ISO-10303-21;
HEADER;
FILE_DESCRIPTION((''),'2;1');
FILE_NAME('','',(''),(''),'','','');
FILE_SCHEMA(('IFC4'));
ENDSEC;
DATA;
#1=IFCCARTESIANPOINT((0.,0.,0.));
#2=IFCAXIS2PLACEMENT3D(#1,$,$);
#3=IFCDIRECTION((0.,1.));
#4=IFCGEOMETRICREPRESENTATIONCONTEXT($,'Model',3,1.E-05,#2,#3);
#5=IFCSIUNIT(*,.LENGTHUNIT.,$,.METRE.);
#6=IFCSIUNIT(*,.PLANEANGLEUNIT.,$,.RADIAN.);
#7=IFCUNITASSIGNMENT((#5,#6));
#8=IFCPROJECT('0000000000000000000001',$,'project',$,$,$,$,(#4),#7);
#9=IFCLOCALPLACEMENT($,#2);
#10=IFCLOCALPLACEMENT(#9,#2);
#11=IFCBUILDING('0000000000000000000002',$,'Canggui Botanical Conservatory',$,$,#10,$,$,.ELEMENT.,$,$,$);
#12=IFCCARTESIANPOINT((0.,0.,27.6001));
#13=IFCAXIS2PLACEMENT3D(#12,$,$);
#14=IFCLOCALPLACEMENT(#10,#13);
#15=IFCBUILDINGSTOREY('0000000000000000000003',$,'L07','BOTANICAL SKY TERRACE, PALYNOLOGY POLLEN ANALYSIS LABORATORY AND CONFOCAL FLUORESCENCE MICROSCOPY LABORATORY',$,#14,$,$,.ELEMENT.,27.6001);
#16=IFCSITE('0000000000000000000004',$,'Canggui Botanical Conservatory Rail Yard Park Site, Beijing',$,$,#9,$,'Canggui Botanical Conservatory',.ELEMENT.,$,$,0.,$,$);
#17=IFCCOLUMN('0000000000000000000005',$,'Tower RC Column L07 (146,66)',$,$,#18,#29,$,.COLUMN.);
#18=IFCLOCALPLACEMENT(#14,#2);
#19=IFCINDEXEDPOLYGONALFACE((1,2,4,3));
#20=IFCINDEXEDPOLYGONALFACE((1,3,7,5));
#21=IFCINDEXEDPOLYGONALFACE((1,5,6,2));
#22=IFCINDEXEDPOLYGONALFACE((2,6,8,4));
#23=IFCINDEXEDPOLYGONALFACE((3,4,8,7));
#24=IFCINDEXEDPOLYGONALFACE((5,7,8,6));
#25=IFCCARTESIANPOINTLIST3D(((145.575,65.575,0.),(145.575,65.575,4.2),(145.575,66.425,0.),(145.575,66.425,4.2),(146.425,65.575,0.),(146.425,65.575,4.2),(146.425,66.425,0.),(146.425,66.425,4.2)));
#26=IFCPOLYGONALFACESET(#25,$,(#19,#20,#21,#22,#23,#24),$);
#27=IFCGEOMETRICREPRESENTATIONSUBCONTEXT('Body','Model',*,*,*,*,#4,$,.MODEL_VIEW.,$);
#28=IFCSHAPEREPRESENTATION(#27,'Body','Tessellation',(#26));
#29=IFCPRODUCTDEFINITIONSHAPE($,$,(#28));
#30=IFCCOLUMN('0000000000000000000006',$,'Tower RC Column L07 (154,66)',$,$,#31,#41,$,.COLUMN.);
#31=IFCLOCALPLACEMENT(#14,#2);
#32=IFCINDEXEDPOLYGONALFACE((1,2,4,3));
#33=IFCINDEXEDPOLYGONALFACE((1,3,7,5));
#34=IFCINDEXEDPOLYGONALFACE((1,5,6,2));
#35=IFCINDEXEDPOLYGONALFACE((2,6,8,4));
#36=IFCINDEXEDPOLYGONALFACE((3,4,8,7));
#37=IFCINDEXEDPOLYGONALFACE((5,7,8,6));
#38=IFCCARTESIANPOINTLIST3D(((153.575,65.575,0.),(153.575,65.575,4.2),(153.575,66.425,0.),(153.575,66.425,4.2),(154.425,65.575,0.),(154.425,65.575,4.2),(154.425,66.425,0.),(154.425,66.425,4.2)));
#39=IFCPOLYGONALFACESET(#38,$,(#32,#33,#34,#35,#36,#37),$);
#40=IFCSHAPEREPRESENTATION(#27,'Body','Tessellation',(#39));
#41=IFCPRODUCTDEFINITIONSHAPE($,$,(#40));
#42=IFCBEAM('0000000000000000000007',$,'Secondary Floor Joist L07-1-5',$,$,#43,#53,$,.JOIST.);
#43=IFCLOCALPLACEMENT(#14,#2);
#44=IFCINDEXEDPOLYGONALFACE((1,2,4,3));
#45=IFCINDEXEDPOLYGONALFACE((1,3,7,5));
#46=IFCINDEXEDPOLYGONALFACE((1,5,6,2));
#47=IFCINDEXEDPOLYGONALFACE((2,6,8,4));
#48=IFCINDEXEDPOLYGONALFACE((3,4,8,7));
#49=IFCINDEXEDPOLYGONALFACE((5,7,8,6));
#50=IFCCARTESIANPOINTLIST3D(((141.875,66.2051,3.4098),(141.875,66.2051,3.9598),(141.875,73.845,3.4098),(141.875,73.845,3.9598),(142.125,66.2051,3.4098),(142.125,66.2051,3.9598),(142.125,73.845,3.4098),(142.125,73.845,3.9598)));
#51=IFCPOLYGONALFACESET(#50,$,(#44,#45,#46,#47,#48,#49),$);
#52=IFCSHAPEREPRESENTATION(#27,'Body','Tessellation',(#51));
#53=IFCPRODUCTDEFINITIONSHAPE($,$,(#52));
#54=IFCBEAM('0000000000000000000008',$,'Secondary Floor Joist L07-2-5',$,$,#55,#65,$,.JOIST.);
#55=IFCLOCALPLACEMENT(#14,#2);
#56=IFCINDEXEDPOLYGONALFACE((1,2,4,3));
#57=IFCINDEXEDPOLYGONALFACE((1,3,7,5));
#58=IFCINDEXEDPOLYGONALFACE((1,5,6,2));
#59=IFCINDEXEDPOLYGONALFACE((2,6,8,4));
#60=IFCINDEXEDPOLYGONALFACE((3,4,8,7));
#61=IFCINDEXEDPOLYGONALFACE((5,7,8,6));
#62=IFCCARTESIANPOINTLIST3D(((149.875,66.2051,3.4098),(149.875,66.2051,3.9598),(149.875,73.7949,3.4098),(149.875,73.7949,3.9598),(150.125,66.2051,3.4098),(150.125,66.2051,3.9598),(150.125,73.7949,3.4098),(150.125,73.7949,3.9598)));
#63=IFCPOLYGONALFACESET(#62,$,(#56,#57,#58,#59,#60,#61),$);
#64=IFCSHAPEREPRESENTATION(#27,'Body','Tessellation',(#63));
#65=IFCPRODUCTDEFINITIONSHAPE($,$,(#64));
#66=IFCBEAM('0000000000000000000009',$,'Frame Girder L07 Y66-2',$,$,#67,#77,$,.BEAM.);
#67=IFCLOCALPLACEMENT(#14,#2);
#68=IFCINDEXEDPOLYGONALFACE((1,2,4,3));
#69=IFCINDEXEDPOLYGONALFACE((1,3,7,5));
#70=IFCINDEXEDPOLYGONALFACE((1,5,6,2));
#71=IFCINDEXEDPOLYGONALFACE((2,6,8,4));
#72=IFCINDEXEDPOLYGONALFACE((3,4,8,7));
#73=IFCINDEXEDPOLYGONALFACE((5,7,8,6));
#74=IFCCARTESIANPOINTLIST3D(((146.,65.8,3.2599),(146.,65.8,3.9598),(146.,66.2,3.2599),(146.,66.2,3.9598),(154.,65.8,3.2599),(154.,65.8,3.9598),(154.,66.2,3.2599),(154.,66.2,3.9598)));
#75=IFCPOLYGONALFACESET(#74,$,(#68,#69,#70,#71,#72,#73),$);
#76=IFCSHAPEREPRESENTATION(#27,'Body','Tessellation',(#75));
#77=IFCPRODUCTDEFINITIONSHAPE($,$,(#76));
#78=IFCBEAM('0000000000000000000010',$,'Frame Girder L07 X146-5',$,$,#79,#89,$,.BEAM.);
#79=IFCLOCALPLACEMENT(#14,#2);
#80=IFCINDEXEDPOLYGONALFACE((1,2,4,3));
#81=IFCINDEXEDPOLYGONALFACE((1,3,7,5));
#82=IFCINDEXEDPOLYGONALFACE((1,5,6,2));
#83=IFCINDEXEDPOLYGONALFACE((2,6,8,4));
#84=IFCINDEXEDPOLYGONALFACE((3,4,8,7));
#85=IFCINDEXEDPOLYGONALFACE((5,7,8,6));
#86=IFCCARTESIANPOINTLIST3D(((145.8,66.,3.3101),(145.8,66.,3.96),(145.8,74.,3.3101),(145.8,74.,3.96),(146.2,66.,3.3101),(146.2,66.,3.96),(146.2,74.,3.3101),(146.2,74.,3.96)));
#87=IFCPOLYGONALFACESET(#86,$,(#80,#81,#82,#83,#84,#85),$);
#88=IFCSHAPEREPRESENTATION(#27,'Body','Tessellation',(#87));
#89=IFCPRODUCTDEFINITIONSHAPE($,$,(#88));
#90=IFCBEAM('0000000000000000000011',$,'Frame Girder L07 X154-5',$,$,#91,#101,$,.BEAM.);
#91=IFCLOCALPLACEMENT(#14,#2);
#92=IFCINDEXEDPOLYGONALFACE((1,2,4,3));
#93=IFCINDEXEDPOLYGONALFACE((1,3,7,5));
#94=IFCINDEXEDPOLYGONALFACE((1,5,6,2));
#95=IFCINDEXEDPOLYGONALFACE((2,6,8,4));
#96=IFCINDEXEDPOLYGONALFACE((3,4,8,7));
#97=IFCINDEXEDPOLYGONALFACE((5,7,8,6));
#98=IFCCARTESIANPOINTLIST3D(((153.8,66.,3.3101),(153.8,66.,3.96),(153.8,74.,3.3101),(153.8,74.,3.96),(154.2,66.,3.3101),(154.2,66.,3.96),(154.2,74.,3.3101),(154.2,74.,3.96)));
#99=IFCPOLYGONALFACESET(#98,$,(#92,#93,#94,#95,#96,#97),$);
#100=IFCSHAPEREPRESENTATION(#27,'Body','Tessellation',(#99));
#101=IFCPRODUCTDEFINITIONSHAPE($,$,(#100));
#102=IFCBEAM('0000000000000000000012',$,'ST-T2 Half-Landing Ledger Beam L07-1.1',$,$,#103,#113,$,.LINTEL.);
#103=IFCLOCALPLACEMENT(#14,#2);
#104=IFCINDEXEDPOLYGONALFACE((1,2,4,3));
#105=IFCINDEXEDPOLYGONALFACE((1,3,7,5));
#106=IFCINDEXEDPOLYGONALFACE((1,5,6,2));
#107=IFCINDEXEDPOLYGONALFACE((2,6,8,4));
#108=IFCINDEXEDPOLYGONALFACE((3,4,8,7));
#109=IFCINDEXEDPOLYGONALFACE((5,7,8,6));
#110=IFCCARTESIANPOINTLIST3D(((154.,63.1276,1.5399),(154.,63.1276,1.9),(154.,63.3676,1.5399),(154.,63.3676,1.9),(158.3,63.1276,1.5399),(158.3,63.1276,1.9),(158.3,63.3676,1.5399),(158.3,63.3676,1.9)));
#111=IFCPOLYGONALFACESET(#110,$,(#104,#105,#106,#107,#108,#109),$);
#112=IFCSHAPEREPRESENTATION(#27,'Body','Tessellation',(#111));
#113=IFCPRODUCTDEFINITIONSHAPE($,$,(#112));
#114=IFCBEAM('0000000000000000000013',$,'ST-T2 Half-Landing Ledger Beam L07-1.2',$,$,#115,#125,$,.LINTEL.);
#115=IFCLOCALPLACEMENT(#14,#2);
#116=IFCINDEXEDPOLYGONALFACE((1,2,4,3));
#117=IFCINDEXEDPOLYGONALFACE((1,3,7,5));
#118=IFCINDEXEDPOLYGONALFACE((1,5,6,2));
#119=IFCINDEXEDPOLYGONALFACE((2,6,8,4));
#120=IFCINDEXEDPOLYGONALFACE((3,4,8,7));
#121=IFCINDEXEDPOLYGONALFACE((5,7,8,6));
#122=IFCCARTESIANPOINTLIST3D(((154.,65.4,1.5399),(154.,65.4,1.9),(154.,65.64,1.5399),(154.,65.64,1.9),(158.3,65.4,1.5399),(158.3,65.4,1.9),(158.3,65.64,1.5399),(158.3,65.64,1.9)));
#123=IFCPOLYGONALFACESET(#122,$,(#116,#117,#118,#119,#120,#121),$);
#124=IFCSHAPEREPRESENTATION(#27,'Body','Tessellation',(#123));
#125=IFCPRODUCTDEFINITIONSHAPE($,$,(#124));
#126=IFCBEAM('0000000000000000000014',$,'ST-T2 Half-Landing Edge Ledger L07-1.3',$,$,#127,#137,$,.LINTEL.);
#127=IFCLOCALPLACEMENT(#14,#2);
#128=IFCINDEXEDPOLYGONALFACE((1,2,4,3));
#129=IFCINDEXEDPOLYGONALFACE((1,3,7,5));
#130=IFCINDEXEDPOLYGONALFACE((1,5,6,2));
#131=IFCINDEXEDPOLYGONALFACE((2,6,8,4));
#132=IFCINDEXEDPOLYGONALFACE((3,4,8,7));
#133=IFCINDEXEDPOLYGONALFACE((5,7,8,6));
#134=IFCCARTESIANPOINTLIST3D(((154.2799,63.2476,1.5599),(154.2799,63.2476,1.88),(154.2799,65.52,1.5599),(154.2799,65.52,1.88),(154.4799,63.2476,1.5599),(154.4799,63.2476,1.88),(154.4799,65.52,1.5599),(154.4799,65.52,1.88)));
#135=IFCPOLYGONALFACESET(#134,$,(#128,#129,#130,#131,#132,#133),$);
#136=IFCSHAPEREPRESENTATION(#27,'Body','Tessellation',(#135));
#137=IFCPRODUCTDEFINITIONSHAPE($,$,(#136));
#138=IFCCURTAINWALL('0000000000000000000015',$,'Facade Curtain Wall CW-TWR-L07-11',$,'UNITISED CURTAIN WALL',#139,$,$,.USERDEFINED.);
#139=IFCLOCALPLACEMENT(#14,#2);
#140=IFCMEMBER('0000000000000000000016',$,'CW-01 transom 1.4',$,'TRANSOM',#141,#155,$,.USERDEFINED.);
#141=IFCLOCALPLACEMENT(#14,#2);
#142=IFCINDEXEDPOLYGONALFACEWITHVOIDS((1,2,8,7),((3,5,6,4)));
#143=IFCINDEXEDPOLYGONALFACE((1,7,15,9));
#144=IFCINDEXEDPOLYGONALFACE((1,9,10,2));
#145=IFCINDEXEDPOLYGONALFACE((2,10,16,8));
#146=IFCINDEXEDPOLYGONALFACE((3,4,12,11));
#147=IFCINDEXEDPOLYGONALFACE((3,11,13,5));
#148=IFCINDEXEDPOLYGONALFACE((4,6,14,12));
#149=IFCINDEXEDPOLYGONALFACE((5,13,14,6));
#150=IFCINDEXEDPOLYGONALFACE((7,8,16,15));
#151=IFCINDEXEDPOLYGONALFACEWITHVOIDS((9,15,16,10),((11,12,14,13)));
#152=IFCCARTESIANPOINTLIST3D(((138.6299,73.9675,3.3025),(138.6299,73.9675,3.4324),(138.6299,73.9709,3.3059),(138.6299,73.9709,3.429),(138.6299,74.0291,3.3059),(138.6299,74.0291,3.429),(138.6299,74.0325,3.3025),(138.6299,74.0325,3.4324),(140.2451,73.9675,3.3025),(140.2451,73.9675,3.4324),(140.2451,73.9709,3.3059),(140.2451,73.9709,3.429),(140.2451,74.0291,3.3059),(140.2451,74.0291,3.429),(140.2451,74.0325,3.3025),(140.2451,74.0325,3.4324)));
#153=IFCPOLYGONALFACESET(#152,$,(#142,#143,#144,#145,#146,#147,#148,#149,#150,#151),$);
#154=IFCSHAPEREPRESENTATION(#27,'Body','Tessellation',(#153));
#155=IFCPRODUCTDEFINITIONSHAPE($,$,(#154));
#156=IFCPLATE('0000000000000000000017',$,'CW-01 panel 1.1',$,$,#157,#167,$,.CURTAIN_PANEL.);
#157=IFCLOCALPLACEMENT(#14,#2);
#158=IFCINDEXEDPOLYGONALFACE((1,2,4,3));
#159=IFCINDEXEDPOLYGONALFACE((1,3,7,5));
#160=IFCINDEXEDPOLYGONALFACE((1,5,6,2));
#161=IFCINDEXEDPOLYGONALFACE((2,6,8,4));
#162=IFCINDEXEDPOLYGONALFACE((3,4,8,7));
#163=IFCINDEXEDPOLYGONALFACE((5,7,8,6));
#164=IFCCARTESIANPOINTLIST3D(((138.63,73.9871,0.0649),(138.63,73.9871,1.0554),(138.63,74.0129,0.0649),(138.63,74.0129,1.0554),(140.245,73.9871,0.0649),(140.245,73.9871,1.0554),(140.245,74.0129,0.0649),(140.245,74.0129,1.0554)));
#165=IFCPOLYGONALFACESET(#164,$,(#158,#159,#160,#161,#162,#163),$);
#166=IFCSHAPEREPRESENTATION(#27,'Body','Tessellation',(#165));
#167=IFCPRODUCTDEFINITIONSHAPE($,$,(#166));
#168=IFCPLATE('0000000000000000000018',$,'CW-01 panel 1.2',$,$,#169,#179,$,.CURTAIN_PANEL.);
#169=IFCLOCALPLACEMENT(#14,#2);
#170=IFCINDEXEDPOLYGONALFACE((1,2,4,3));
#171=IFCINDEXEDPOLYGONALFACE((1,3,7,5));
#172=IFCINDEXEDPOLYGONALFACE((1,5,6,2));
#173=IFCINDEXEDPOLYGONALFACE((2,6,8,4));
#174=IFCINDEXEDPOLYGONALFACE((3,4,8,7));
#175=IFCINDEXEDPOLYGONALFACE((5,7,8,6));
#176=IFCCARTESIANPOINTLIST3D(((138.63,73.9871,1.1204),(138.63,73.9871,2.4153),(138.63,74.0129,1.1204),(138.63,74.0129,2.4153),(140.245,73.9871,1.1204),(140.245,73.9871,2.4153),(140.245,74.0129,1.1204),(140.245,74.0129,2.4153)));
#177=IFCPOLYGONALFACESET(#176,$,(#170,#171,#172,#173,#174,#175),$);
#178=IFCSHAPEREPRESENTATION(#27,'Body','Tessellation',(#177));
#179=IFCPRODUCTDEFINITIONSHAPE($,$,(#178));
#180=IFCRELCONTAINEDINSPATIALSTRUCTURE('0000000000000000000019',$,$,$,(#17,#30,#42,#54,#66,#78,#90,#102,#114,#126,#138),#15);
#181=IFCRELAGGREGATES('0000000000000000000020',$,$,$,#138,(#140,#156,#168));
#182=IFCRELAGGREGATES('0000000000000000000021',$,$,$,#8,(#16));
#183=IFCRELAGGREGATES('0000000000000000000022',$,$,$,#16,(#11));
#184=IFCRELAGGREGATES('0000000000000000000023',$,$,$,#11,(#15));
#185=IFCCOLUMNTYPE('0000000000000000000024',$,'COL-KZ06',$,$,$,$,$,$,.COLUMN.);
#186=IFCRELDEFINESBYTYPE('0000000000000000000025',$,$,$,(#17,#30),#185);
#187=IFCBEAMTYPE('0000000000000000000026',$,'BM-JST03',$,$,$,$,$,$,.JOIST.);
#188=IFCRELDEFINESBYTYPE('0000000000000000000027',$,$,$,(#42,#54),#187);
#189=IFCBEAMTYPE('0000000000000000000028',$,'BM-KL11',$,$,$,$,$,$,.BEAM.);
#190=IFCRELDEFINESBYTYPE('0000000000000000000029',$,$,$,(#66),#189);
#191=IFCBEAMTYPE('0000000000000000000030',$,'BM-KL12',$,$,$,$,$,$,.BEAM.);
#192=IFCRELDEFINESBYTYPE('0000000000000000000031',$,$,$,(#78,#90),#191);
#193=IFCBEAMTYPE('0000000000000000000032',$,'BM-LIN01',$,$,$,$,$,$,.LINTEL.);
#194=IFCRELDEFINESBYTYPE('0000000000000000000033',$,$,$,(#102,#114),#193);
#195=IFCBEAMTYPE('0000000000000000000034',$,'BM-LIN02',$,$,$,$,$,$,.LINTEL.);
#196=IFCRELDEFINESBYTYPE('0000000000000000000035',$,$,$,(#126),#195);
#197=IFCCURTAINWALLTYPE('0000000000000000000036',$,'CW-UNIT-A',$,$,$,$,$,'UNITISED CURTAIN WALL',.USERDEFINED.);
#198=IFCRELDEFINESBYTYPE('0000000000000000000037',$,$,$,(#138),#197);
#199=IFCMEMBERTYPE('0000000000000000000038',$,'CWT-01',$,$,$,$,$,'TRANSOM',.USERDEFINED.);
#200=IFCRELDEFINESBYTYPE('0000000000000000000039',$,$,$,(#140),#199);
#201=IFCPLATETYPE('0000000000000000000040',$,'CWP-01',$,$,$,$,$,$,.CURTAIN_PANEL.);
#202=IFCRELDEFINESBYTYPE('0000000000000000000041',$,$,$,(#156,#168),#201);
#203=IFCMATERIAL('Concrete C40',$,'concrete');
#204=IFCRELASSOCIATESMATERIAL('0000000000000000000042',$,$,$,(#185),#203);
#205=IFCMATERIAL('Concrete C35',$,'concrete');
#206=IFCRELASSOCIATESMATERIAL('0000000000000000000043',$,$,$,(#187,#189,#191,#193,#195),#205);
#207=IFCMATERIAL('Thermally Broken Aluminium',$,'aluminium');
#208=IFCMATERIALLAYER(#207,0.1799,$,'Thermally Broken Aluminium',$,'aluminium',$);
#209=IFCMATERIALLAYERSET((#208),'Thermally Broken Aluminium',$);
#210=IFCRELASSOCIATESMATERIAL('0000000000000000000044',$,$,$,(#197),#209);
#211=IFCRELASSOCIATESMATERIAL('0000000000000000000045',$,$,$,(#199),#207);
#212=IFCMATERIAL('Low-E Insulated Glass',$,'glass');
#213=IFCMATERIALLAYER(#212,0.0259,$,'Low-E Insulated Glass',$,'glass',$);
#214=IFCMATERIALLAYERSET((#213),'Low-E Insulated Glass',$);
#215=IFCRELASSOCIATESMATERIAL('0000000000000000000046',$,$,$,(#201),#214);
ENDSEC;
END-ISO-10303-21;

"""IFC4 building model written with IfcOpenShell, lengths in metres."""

from ifc_helpers import new_model, si_unit, direction, frame, origin, origin_2d, place, context, subcontext, project, spatial, rectangle, hollow_rectangle, extrude, material, layer, layer_set, material_profile, profile_set, type_object, element, aggregate, save


model = new_model("IFC4")

# Units and contexts
model_context = context("Model", 3, precision=1e-05, world=origin(), true_north=direction((0.0, 1.0)))
body_context = subcontext(model_context, "Body", "Model", "MODEL_VIEW")
ifc_project = project(units=[si_unit("LENGTHUNIT", "METRE"), si_unit("PLANEANGLEUNIT", "RADIAN")], contexts=[model_context])

# Site, building, storey
site_placement = place(None, origin())
site = spatial("IfcSite", under=ifc_project, at=site_placement, Name="Canggui Botanical Conservatory Rail Yard Park Site, Beijing", LongName="Canggui Botanical Conservatory", CompositionType="ELEMENT", RefElevation=0.0)
building_placement = place(site_placement, origin())
building = spatial("IfcBuilding", under=site, at=building_placement, Name="Canggui Botanical Conservatory", CompositionType="ELEMENT")
storey_placement = place(building_placement, frame((0.0, 0.0, 27.6001)))
storey = spatial("IfcBuildingStorey", under=building, at=storey_placement, Name="L07", Description="BOTANICAL SKY TERRACE, PALYNOLOGY POLLEN ANALYSIS LABORATORY AND CONFOCAL FLUORESCENCE MICROSCOPY LABORATORY", CompositionType="ELEMENT", Elevation=27.6001)

# Columns
ifc_material_1 = material(Name="Concrete C40", Category="concrete")
ifc_material_profile_1 = material_profile(ifc_material_1, rectangle(XDim=0.8501, YDim=0.8501, at=origin_2d()), Name="RC 850x850")
ifc_profile_set_1 = profile_set([ifc_material_profile_1], Name="Concrete C40")
column_type = type_object("IfcColumnType", Name="COL-KZ06", PredefinedType="COLUMN", material=ifc_profile_set_1)
for number, where, z_axis, x_axis, name in (
    (1, (146.0, 66.0, 0.0), (0.0, 0.0, 1.0), (1.0, 0.0, 0.0), "Tower RC Column L07 (146,66)"),
    (2, (154.0, 66.0, 0.0), (0.0, 0.0, 1.0), (1.0, 0.0, 0.0), "Tower RC Column L07 (154,66)"),
):
    element("IfcColumn", number, at=place(storey_placement, frame(where, z_axis=z_axis, x_axis=x_axis)), inside=storey, type_object=column_type, Name=name, PredefinedType="COLUMN", context=body_context, shape_type="SweptSolid", body=[
        extrude(rectangle(XDim=0.8501, YDim=0.8501, at=origin_2d()), origin(), (0.0, 0.0, 1.0), 4.2),
    ])

# Beams
ifc_material_2 = material(Name="Concrete C35", Category="concrete")
ifc_material_profile_2 = material_profile(ifc_material_2, rectangle(XDim=0.25, YDim=0.55, at=origin_2d()), Name="RB 250x550")
ifc_profile_set_2 = profile_set([ifc_material_profile_2], Name="Concrete C35")
beam_type_1 = type_object("IfcBeamType", Name="BM-JST03", PredefinedType="JOIST", material=ifc_profile_set_2)
beam_1_placement = place(storey_placement, frame((142.0, 66.2051, 3.6848), z_axis=(0.0, 1.0, 0.0), x_axis=(-1.0, 0.0, 0.0)))
element("IfcBeam", 3, at=beam_1_placement, inside=storey, type_object=beam_type_1, Name="Secondary Floor Joist L07-1-5", PredefinedType="JOIST", context=body_context, shape_type="SweptSolid", body=[
    extrude(rectangle(XDim=0.25, YDim=0.55, at=origin_2d()), origin(), (0.0, 0.0, 1.0), 7.6399),
])
beam_2_placement = place(storey_placement, frame((150.0, 66.2051, 3.6848), z_axis=(0.0, 1.0, 0.0), x_axis=(-1.0, 0.0, 0.0)))
element("IfcBeam", 4, at=beam_2_placement, inside=storey, type_object=beam_type_1, Name="Secondary Floor Joist L07-2-5", PredefinedType="JOIST", context=body_context, shape_type="SweptSolid", body=[
    extrude(rectangle(XDim=0.25, YDim=0.55, at=origin_2d()), origin(), (0.0, 0.0, 1.0), 7.5898),
])
ifc_material_profile_3 = material_profile(ifc_material_2, rectangle(XDim=0.3999, YDim=0.7, at=origin_2d()), Name="RB 400x700")
ifc_profile_set_3 = profile_set([ifc_material_profile_3], Name="Concrete C35")
beam_type_2 = type_object("IfcBeamType", Name="BM-KL11", PredefinedType="BEAM", material=ifc_profile_set_3)
beam_3_placement = place(storey_placement, frame((146.0, 66.0, 3.6099), z_axis=(1.0, 0.0, 0.0), x_axis=(0.0, 1.0, 0.0)))
element("IfcBeam", 5, at=beam_3_placement, inside=storey, type_object=beam_type_2, Name="Frame Girder L07 Y66-2", PredefinedType="BEAM", context=body_context, shape_type="SweptSolid", body=[
    extrude(rectangle(XDim=0.3999, YDim=0.7, at=origin_2d()), origin(), (0.0, 0.0, 1.0), 8.0),
])
ifc_material_profile_4 = material_profile(ifc_material_2, rectangle(XDim=0.3999, YDim=0.6499, at=origin_2d()), Name="RB 400x650")
ifc_profile_set_4 = profile_set([ifc_material_profile_4], Name="Concrete C35")
beam_type_3 = type_object("IfcBeamType", Name="BM-KL12", PredefinedType="BEAM", material=ifc_profile_set_4)
for number, where, z_axis, x_axis, name in (
    (6, (146.0, 66.0, 3.635), (0.0, 1.0, 0.0), (-1.0, 0.0, 0.0), "Frame Girder L07 X146-5"),
    (7, (154.0, 66.0, 3.635), (0.0, 1.0, 0.0), (-1.0, 0.0, 0.0), "Frame Girder L07 X154-5"),
):
    element("IfcBeam", number, at=place(storey_placement, frame(where, z_axis=z_axis, x_axis=x_axis)), inside=storey, type_object=beam_type_3, Name=name, PredefinedType="BEAM", context=body_context, shape_type="SweptSolid", body=[
        extrude(rectangle(XDim=0.3999, YDim=0.6499, at=origin_2d()), origin(), (0.0, 0.0, 1.0), 8.0),
    ])
ifc_material_profile_5 = material_profile(ifc_material_2, rectangle(XDim=0.24, YDim=0.3601, at=origin_2d()), Name="RB 240x360")
ifc_profile_set_5 = profile_set([ifc_material_profile_5], Name="Concrete C35")
beam_type_4 = type_object("IfcBeamType", Name="BM-LIN01", PredefinedType="LINTEL", material=ifc_profile_set_5)
for number, where, z_axis, x_axis, name in (
    (8, (154.0, 63.2476, 1.72), (1.0, 0.0, 0.0), (0.0, 1.0, 0.0), "ST-T2 Half-Landing Ledger Beam L07-1.1"),
    (9, (154.0, 65.52, 1.72), (1.0, 0.0, 0.0), (0.0, 1.0, 0.0), "ST-T2 Half-Landing Ledger Beam L07-1.2"),
):
    element("IfcBeam", number, at=place(storey_placement, frame(where, z_axis=z_axis, x_axis=x_axis)), inside=storey, type_object=beam_type_4, Name=name, PredefinedType="LINTEL", context=body_context, shape_type="SweptSolid", body=[
        extrude(rectangle(XDim=0.24, YDim=0.3601, at=origin_2d()), origin(), (0.0, 0.0, 1.0), 4.3),
    ])
ifc_material_profile_6 = material_profile(ifc_material_2, rectangle(XDim=0.2, YDim=0.3201, at=origin_2d()), Name="RB 200x320")
ifc_profile_set_6 = profile_set([ifc_material_profile_6], Name="Concrete C35")
beam_type_5 = type_object("IfcBeamType", Name="BM-LIN02", PredefinedType="LINTEL", material=ifc_profile_set_6)
beam_4_placement = place(storey_placement, frame((154.3799, 63.2476, 1.72), z_axis=(0.0, 1.0, 0.0), x_axis=(-1.0, 0.0, 0.0)))
element("IfcBeam", 10, at=beam_4_placement, inside=storey, type_object=beam_type_5, Name="ST-T2 Half-Landing Edge Ledger L07-1.3", PredefinedType="LINTEL", context=body_context, shape_type="SweptSolid", body=[
    extrude(rectangle(XDim=0.2, YDim=0.3201, at=origin_2d()), origin(), (0.0, 0.0, 1.0), 2.2725),
])

# Curtain wall, member, plates
ifc_material_3 = material(Name="Thermally Broken Aluminium", Category="aluminium")
ifc_layer_1 = layer(ifc_material_3, 0.1799, Name="Thermally Broken Aluminium", Category="aluminium")
ifc_layer_set_1 = layer_set([ifc_layer_1], Name="Thermally Broken Aluminium")
curtain_wall_type = type_object("IfcCurtainWallType", Name="CW-UNIT-A", ElementType="UNITISED CURTAIN WALL", PredefinedType="USERDEFINED", material=ifc_layer_set_1)
curtain_wall_placement = place(storey_placement, origin())
curtain_wall = element("IfcCurtainWall", 11, at=curtain_wall_placement, inside=storey, type_object=curtain_wall_type, Name="Facade Curtain Wall CW-TWR-L07-11", ObjectType="UNITISED CURTAIN WALL", PredefinedType="USERDEFINED")
ifc_material_profile_7 = material_profile(ifc_material_3, hollow_rectangle(XDim=0.0649, YDim=0.1299, WallThickness=0.0034, at=origin_2d()), Name="CWT 65x130x3.5")
ifc_profile_set_7 = profile_set([ifc_material_profile_7], Name="Thermally Broken Aluminium")
member_type = type_object("IfcMemberType", Name="CWT-01", ElementType="TRANSOM", PredefinedType="USERDEFINED", material=ifc_profile_set_7)
member_placement = place(storey_placement, frame((138.6299, 74.0, 3.3674), z_axis=(1.0, 0.0, 0.0), x_axis=(0.0, 1.0, 0.0)))
member = element("IfcMember", 12, at=member_placement, type_object=member_type, Name="CW-01 transom 1.4", ObjectType="TRANSOM", PredefinedType="USERDEFINED", context=body_context, shape_type="SweptSolid", body=[
    extrude(hollow_rectangle(XDim=0.0649, YDim=0.1299, WallThickness=0.0034, at=origin_2d()), origin(), (0.0, 0.0, 1.0), 1.6152),
])
ifc_material_4 = material(Name="Low-E Insulated Glass", Category="glass")
ifc_layer_2 = layer(ifc_material_4, 0.0259, Name="Low-E Insulated Glass", Category="glass")
ifc_layer_set_2 = layer_set([ifc_layer_2], Name="Low-E Insulated Glass")
plate_type = type_object("IfcPlateType", Name="CWP-01", PredefinedType="CURTAIN_PANEL", material=ifc_layer_set_2)
plate_1_placement = place(storey_placement, frame((139.4375, 74.0, 0.0649), z_axis=(0.0, 0.0, 1.0), x_axis=(1.0, 0.0, 0.0)))
plate_1 = element("IfcPlate", 13, at=plate_1_placement, type_object=plate_type, Name="CW-01 panel 1.1", PredefinedType="CURTAIN_PANEL", context=body_context, shape_type="SweptSolid", body=[
    extrude(rectangle(XDim=1.615, YDim=0.0259, at=origin_2d()), origin(), (0.0, 0.0, 1.0), 0.9905),
])
plate_2_placement = place(storey_placement, frame((139.4375, 74.0, 1.1204), z_axis=(0.0, 0.0, 1.0), x_axis=(1.0, 0.0, 0.0)))
plate_2 = element("IfcPlate", 14, at=plate_2_placement, type_object=plate_type, Name="CW-01 panel 1.2", PredefinedType="CURTAIN_PANEL", context=body_context, shape_type="SweptSolid", body=[
    extrude(rectangle(XDim=1.615, YDim=0.0259, at=origin_2d()), origin(), (0.0, 0.0, 1.0), 1.2949),
])
aggregate(curtain_wall, [member, plate_1, plate_2])

save(model, "model.ifc")
